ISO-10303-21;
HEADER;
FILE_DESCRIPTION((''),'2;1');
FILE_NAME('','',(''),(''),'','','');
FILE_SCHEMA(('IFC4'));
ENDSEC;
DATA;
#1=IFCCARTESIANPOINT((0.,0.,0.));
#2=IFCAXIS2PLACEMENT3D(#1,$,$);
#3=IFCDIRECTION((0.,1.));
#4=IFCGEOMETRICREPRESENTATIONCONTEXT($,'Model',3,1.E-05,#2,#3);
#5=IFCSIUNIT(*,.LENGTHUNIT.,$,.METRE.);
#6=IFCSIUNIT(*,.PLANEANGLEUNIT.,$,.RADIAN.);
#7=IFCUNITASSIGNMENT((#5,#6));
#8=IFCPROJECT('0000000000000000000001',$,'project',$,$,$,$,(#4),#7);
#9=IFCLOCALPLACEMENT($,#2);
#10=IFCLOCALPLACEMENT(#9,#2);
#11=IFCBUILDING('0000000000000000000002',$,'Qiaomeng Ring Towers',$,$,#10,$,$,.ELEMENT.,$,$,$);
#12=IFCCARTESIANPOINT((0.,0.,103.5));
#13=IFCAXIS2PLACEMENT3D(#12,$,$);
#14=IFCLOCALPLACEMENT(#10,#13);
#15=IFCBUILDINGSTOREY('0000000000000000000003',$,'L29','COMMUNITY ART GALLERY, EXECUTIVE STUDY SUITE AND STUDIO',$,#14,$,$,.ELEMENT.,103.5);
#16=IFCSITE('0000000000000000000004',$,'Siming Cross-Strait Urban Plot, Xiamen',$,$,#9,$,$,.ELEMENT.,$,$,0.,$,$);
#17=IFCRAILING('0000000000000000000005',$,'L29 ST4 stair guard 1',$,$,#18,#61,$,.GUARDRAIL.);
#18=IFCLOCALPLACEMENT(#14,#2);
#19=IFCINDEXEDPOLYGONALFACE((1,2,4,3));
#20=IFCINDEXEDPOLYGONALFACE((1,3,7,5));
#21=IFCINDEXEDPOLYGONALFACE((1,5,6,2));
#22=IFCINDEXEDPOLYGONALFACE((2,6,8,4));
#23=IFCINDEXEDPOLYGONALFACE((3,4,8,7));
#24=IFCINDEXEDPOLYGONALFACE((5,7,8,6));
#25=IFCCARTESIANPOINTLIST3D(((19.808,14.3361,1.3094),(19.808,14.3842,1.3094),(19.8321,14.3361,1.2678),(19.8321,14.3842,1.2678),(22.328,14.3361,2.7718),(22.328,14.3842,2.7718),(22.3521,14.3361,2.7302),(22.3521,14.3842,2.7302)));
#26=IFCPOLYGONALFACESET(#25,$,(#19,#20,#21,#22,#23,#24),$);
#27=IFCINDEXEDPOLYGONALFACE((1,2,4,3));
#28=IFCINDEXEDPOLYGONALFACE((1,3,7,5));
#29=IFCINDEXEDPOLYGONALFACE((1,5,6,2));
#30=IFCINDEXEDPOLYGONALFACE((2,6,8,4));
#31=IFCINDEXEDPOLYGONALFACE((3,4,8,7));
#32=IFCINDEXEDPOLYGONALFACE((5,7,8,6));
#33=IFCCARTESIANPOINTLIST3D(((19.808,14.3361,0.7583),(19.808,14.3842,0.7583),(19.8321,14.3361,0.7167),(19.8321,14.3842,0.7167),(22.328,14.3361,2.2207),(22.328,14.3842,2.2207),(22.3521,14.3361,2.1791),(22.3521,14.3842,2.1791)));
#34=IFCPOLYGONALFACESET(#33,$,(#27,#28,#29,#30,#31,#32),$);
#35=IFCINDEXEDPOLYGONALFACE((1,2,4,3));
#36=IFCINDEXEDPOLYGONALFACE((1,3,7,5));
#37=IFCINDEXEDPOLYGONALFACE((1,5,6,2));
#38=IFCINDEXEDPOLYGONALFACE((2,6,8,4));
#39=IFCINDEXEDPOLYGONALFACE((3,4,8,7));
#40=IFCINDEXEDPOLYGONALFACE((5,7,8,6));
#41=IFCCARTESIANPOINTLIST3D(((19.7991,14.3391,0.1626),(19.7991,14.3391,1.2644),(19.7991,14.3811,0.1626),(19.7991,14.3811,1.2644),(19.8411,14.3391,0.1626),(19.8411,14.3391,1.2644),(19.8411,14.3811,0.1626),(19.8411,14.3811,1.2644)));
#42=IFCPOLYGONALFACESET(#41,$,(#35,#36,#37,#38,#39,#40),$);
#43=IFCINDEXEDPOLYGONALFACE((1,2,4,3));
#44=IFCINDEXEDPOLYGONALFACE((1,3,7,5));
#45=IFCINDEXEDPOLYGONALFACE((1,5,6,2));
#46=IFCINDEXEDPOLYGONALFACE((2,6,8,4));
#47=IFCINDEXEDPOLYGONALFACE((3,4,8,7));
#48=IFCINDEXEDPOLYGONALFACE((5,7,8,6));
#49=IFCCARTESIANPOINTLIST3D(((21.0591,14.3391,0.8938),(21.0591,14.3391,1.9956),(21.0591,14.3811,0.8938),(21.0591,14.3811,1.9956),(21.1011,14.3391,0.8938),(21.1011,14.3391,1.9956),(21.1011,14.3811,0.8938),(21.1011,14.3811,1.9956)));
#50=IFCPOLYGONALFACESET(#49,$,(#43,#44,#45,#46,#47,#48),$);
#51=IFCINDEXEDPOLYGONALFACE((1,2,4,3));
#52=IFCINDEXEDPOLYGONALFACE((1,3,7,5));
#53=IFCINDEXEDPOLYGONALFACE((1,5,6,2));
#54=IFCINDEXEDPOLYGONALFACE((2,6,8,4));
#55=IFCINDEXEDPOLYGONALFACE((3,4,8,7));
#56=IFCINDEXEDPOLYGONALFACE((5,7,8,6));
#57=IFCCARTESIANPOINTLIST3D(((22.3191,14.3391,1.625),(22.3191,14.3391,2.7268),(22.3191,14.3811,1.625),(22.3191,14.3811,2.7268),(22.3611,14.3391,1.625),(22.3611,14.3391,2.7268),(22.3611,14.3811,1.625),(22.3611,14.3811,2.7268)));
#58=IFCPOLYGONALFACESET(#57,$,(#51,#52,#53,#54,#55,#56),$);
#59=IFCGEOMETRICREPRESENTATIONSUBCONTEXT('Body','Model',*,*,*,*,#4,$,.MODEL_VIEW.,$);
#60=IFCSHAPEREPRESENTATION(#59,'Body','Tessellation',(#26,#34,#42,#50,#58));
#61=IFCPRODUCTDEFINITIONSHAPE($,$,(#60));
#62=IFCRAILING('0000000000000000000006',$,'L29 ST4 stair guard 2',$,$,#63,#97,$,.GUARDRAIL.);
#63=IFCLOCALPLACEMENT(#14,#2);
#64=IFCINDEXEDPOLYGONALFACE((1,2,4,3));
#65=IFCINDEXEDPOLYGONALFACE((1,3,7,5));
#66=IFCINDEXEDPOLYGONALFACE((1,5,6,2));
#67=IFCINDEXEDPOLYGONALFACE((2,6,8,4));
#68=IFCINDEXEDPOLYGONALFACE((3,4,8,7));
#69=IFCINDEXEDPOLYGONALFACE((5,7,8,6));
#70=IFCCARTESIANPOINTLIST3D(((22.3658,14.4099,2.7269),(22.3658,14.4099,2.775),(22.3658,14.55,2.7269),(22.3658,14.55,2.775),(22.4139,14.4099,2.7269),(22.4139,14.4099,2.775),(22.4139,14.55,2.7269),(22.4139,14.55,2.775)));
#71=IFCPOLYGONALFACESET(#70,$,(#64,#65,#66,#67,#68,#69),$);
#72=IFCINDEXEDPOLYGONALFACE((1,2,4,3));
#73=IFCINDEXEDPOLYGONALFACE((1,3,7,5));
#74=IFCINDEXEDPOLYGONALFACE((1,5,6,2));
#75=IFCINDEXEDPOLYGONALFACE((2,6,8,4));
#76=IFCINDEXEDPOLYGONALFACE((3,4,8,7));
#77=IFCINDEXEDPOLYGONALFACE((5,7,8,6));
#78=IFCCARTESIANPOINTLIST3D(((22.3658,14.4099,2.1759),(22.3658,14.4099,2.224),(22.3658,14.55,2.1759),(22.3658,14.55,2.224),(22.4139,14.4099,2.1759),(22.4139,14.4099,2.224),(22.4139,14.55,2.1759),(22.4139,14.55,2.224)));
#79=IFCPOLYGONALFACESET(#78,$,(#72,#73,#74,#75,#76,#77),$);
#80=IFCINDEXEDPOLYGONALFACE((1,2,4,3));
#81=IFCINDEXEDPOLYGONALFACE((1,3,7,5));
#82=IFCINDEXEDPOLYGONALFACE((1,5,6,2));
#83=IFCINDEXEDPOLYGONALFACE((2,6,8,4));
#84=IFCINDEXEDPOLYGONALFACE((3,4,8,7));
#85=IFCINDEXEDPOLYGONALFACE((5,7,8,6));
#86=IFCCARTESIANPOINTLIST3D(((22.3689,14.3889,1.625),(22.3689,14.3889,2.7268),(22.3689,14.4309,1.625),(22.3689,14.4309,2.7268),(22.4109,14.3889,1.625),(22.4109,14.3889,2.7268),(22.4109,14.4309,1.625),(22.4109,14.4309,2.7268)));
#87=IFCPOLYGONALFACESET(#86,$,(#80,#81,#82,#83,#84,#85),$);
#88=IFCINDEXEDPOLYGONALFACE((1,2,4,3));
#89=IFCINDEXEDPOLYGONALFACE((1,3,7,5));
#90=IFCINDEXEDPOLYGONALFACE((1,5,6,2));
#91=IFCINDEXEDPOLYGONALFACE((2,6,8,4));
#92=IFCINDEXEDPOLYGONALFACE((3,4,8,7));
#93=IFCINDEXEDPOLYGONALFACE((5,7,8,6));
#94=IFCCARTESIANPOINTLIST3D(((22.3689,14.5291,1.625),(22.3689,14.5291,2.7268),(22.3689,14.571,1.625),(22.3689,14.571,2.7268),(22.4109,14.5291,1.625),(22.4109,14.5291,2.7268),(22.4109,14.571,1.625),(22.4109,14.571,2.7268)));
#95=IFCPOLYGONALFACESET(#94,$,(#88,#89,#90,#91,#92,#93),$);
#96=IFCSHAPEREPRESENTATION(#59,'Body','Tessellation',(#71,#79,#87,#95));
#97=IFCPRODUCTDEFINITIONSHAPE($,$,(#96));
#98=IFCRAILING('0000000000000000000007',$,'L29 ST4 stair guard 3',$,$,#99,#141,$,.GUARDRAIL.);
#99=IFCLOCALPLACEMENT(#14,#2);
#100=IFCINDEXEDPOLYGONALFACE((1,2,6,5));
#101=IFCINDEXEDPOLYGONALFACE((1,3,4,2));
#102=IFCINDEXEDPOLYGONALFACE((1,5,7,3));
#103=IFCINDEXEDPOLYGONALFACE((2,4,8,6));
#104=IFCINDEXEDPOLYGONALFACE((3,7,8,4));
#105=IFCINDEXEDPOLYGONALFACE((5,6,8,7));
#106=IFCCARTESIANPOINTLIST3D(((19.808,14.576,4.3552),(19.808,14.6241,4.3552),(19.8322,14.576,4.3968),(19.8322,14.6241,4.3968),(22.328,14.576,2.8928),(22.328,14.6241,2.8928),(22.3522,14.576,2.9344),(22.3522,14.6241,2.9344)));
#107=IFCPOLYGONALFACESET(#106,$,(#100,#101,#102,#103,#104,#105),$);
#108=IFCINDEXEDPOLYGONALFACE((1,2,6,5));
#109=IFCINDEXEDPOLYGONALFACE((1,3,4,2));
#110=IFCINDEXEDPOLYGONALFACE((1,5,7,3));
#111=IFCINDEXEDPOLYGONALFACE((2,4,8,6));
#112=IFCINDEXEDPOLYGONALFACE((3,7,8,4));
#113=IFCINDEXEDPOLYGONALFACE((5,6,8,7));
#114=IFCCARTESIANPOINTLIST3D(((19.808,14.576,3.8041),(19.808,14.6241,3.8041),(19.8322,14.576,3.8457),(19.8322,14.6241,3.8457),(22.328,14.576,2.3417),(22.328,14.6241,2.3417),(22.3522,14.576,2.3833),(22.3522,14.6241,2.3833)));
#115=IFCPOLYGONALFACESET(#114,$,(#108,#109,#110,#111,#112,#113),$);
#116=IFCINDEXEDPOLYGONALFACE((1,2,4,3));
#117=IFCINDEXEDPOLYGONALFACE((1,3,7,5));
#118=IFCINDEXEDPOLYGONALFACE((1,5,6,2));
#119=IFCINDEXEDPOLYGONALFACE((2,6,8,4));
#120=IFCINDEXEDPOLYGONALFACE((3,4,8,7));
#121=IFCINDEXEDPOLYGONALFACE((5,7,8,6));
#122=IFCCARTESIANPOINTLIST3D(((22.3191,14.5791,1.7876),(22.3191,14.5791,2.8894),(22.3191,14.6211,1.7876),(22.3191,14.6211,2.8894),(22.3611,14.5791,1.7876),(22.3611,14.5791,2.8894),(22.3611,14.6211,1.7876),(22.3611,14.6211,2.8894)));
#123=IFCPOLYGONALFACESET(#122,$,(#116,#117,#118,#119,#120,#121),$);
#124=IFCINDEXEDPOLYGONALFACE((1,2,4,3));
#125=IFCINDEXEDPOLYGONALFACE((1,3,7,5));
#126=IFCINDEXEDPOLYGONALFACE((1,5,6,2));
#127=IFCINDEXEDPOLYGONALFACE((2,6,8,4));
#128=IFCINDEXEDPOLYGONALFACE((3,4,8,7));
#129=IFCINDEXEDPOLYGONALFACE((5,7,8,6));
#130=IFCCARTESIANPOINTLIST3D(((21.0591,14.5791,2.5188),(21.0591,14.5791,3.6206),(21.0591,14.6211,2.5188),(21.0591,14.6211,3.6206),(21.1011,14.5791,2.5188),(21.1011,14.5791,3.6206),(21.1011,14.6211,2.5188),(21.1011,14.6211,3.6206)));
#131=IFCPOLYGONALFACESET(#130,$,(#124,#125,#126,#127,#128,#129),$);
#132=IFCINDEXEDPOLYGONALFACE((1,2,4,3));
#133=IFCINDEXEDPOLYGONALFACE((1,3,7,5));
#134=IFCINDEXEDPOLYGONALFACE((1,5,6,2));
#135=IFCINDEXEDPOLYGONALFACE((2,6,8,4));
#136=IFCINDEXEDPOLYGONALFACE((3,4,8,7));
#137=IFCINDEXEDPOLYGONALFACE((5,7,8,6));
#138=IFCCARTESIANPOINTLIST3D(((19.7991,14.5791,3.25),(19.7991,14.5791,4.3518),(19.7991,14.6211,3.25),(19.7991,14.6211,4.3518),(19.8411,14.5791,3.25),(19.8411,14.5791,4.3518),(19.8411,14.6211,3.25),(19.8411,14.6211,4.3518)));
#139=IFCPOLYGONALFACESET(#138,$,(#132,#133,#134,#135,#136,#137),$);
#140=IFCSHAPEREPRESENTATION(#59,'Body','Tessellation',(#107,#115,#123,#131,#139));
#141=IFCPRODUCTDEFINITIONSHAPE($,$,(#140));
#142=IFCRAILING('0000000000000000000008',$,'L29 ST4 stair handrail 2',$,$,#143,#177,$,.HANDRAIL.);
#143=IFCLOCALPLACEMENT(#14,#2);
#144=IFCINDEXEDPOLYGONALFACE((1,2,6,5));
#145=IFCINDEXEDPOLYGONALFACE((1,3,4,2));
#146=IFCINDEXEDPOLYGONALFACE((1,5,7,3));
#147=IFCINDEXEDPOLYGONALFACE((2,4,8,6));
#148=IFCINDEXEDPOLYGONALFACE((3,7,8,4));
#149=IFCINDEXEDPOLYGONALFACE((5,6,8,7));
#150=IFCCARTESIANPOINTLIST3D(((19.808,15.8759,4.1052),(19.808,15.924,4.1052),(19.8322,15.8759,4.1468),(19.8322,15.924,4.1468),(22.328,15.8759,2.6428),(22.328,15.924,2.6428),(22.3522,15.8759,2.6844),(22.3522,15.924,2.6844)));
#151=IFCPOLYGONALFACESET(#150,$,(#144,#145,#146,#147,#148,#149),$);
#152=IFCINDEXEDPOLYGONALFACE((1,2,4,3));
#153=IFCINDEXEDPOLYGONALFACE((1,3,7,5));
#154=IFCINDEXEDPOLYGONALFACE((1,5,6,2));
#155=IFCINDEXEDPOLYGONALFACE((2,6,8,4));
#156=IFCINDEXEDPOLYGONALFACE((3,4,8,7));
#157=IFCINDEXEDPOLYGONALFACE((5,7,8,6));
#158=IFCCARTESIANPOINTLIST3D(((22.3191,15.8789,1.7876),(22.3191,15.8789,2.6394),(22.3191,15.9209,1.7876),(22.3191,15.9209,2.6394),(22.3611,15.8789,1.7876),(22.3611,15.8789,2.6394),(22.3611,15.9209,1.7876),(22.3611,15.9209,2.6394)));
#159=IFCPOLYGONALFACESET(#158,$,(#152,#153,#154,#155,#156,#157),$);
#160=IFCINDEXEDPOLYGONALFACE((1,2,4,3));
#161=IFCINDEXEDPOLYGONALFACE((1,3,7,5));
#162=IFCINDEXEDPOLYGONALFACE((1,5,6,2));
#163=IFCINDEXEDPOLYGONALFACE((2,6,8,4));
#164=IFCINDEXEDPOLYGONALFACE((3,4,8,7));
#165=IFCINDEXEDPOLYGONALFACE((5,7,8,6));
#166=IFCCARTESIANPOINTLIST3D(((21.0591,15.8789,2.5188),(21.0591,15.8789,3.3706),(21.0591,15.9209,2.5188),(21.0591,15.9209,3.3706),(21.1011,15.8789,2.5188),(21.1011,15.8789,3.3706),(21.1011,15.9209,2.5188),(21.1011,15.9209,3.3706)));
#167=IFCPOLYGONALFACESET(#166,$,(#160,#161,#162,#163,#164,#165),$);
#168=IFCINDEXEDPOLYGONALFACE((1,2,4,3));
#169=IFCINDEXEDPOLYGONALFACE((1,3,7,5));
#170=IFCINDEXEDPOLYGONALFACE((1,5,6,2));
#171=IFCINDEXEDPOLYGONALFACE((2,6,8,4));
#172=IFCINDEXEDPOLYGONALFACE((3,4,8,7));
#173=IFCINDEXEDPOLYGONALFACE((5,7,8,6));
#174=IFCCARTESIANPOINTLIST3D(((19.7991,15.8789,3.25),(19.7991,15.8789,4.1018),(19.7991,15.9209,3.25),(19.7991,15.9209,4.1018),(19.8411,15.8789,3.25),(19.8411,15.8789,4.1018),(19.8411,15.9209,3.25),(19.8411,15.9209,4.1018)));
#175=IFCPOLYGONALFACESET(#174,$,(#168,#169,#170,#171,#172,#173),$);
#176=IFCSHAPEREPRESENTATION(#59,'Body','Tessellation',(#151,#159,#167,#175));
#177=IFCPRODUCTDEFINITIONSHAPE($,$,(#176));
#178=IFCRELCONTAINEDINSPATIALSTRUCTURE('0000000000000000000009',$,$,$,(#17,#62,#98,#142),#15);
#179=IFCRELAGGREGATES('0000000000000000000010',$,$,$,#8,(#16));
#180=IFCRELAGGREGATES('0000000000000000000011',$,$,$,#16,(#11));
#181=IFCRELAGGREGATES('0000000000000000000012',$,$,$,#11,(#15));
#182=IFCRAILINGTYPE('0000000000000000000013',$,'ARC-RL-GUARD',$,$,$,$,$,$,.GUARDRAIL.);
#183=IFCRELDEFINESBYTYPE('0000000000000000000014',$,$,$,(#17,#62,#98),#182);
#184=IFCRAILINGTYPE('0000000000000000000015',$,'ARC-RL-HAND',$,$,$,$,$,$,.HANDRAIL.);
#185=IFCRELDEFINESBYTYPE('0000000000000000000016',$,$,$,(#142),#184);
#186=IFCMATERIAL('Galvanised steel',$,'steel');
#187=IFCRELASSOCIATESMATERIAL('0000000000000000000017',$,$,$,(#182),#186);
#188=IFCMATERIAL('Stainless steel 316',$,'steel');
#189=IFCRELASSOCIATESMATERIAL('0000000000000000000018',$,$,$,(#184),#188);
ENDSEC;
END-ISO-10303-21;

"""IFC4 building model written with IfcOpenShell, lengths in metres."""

from ifc_helpers import new_model, si_unit, direction, frame, origin, origin_2d, place, context, subcontext, project, spatial, rectangle, extrude, material, type_object, element, save


model = new_model("IFC4")

# Units and contexts
model_context = context("Model", 3, precision=1e-05, world=origin(), true_north=direction((0.0, 1.0)))
body_context = subcontext(model_context, "Body", "Model", "MODEL_VIEW")
ifc_project = project(units=[si_unit("LENGTHUNIT", "METRE"), si_unit("PLANEANGLEUNIT", "RADIAN")], contexts=[model_context])

# Site, building, storey
site_placement = place(None, origin())
site = spatial("IfcSite", under=ifc_project, at=site_placement, Name="Siming Cross-Strait Urban Plot, Xiamen", CompositionType="ELEMENT", RefElevation=0.0)
building_placement = place(site_placement, origin())
building = spatial("IfcBuilding", under=site, at=building_placement, Name="Qiaomeng Ring Towers", CompositionType="ELEMENT")
storey_placement = place(building_placement, frame((0.0, 0.0, 103.5)))
storey = spatial("IfcBuildingStorey", under=building, at=storey_placement, Name="L29", Description="COMMUNITY ART GALLERY, EXECUTIVE STUDY SUITE AND STUDIO", CompositionType="ELEMENT", Elevation=103.5)

# Shared definitions
ifc_material_1 = material(Name="Stainless steel 316", Category="steel")

# Railings
ifc_material_2 = material(Name="Galvanised steel", Category="steel")
railing_type_1 = type_object("IfcRailingType", Name="ARC-RL-GUARD", PredefinedType="GUARDRAIL", material=ifc_material_2)
railing_1_placement = place(storey_placement, frame((19.8201, 14.3601, 0.1626)))
element("IfcRailing", 1, at=railing_1_placement, inside=storey, type_object=railing_type_1, Name="L29 ST4 stair guard 1", PredefinedType="GUARDRAIL", context=body_context, shape_type="SweptSolid", body=[
    extrude(rectangle(XDim=0.0481, YDim=0.0481, at=origin_2d()), frame((0.0, 0.0, 1.126), z_axis=(0.864913, 0.0, 0.501921), x_axis=(0.0, 1.0, 0.0)), (0.0, 0.0, 1.0), 2.9136),
    extrude(rectangle(XDim=0.0481, YDim=0.0481, at=origin_2d()), frame((0.0, 0.0, 0.575), z_axis=(0.864913, 0.0, 0.501921), x_axis=(0.0, 1.0, 0.0)), (0.0, 0.0, 1.0), 2.9136),
    extrude(rectangle(XDim=0.042, YDim=0.042, at=origin_2d()), origin(), (0.0, 0.0, 1.0), 1.1018),
    extrude(rectangle(XDim=0.042, YDim=0.042, at=origin_2d()), frame((1.26, 0.0, 0.7312)), (0.0, 0.0, 1.0), 1.1018),
    extrude(rectangle(XDim=0.042, YDim=0.042, at=origin_2d()), frame((2.52, 0.0, 1.4624)), (0.0, 0.0, 1.0), 1.1018),
])
railing_2_placement = place(storey_placement, frame((22.3899, 14.4099, 1.625)))
element("IfcRailing", 2, at=railing_2_placement, inside=storey, type_object=railing_type_1, Name="L29 ST4 stair guard 2", PredefinedType="GUARDRAIL", context=body_context, shape_type="SweptSolid", body=[
    extrude(rectangle(XDim=0.0481, YDim=0.0481, at=origin_2d()), frame((0.0, 0.0, 1.126), z_axis=(0.0, 1.0, 0.0), x_axis=(-1.0, 0.0, 0.0)), (0.0, 0.0, 1.0), 0.1401),
    extrude(rectangle(XDim=0.0481, YDim=0.0481, at=origin_2d()), frame((0.0, 0.0, 0.575), z_axis=(0.0, 1.0, 0.0), x_axis=(-1.0, 0.0, 0.0)), (0.0, 0.0, 1.0), 0.1401),
    extrude(rectangle(XDim=0.042, YDim=0.042, at=origin_2d()), origin(), (0.0, 0.0, 1.0), 1.1018),
    extrude(rectangle(XDim=0.042, YDim=0.042, at=origin_2d()), frame((0.0, 0.1401, 0.0)), (0.0, 0.0, 1.0), 1.1018),
])
railing_3_placement = place(storey_placement, frame((22.3401, 14.6001, 1.7876)))
element("IfcRailing", 3, at=railing_3_placement, inside=storey, type_object=railing_type_1, Name="L29 ST4 stair guard 3", PredefinedType="GUARDRAIL", context=body_context, shape_type="SweptSolid", body=[
    extrude(rectangle(XDim=0.0481, YDim=0.0481, at=origin_2d()), frame((0.0, 0.0, 1.126), z_axis=(-0.864913, 0.0, 0.501921), x_axis=(0.0, -1.0, 0.0)), (0.0, 0.0, 1.0), 2.9136),
    extrude(rectangle(XDim=0.0481, YDim=0.0481, at=origin_2d()), frame((0.0, 0.0, 0.575), z_axis=(-0.864913, 0.0, 0.501921), x_axis=(0.0, -1.0, 0.0)), (0.0, 0.0, 1.0), 2.9136),
    extrude(rectangle(XDim=0.042, YDim=0.042, at=origin_2d()), origin(), (0.0, 0.0, 1.0), 1.1018),
    extrude(rectangle(XDim=0.042, YDim=0.042, at=origin_2d()), frame((-1.26, 0.0, 0.7312)), (0.0, 0.0, 1.0), 1.1018),
    extrude(rectangle(XDim=0.042, YDim=0.042, at=origin_2d()), frame((-2.52, 0.0, 1.4624)), (0.0, 0.0, 1.0), 1.1018),
])
railing_type_2 = type_object("IfcRailingType", Name="ARC-RL-HAND", PredefinedType="HANDRAIL", material=ifc_material_1)
railing_4_placement = place(storey_placement, frame((22.3401, 15.8999, 1.7876)))
element("IfcRailing", 4, at=railing_4_placement, inside=storey, type_object=railing_type_2, Name="L29 ST4 stair handrail 2", PredefinedType="HANDRAIL", context=body_context, shape_type="SweptSolid", body=[
    extrude(rectangle(XDim=0.0481, YDim=0.0481, at=origin_2d()), frame((0.0, 0.0, 0.876), z_axis=(-0.864913, 0.0, 0.501921), x_axis=(0.0, -1.0, 0.0)), (0.0, 0.0, 1.0), 2.9136),
    extrude(rectangle(XDim=0.042, YDim=0.042, at=origin_2d()), origin(), (0.0, 0.0, 1.0), 0.8518),
    extrude(rectangle(XDim=0.042, YDim=0.042, at=origin_2d()), frame((-1.26, 0.0, 0.7312)), (0.0, 0.0, 1.0), 0.8518),
    extrude(rectangle(XDim=0.042, YDim=0.042, at=origin_2d()), frame((-2.52, 0.0, 1.4624)), (0.0, 0.0, 1.0), 0.8518),
])

save(model, "model.ifc")
